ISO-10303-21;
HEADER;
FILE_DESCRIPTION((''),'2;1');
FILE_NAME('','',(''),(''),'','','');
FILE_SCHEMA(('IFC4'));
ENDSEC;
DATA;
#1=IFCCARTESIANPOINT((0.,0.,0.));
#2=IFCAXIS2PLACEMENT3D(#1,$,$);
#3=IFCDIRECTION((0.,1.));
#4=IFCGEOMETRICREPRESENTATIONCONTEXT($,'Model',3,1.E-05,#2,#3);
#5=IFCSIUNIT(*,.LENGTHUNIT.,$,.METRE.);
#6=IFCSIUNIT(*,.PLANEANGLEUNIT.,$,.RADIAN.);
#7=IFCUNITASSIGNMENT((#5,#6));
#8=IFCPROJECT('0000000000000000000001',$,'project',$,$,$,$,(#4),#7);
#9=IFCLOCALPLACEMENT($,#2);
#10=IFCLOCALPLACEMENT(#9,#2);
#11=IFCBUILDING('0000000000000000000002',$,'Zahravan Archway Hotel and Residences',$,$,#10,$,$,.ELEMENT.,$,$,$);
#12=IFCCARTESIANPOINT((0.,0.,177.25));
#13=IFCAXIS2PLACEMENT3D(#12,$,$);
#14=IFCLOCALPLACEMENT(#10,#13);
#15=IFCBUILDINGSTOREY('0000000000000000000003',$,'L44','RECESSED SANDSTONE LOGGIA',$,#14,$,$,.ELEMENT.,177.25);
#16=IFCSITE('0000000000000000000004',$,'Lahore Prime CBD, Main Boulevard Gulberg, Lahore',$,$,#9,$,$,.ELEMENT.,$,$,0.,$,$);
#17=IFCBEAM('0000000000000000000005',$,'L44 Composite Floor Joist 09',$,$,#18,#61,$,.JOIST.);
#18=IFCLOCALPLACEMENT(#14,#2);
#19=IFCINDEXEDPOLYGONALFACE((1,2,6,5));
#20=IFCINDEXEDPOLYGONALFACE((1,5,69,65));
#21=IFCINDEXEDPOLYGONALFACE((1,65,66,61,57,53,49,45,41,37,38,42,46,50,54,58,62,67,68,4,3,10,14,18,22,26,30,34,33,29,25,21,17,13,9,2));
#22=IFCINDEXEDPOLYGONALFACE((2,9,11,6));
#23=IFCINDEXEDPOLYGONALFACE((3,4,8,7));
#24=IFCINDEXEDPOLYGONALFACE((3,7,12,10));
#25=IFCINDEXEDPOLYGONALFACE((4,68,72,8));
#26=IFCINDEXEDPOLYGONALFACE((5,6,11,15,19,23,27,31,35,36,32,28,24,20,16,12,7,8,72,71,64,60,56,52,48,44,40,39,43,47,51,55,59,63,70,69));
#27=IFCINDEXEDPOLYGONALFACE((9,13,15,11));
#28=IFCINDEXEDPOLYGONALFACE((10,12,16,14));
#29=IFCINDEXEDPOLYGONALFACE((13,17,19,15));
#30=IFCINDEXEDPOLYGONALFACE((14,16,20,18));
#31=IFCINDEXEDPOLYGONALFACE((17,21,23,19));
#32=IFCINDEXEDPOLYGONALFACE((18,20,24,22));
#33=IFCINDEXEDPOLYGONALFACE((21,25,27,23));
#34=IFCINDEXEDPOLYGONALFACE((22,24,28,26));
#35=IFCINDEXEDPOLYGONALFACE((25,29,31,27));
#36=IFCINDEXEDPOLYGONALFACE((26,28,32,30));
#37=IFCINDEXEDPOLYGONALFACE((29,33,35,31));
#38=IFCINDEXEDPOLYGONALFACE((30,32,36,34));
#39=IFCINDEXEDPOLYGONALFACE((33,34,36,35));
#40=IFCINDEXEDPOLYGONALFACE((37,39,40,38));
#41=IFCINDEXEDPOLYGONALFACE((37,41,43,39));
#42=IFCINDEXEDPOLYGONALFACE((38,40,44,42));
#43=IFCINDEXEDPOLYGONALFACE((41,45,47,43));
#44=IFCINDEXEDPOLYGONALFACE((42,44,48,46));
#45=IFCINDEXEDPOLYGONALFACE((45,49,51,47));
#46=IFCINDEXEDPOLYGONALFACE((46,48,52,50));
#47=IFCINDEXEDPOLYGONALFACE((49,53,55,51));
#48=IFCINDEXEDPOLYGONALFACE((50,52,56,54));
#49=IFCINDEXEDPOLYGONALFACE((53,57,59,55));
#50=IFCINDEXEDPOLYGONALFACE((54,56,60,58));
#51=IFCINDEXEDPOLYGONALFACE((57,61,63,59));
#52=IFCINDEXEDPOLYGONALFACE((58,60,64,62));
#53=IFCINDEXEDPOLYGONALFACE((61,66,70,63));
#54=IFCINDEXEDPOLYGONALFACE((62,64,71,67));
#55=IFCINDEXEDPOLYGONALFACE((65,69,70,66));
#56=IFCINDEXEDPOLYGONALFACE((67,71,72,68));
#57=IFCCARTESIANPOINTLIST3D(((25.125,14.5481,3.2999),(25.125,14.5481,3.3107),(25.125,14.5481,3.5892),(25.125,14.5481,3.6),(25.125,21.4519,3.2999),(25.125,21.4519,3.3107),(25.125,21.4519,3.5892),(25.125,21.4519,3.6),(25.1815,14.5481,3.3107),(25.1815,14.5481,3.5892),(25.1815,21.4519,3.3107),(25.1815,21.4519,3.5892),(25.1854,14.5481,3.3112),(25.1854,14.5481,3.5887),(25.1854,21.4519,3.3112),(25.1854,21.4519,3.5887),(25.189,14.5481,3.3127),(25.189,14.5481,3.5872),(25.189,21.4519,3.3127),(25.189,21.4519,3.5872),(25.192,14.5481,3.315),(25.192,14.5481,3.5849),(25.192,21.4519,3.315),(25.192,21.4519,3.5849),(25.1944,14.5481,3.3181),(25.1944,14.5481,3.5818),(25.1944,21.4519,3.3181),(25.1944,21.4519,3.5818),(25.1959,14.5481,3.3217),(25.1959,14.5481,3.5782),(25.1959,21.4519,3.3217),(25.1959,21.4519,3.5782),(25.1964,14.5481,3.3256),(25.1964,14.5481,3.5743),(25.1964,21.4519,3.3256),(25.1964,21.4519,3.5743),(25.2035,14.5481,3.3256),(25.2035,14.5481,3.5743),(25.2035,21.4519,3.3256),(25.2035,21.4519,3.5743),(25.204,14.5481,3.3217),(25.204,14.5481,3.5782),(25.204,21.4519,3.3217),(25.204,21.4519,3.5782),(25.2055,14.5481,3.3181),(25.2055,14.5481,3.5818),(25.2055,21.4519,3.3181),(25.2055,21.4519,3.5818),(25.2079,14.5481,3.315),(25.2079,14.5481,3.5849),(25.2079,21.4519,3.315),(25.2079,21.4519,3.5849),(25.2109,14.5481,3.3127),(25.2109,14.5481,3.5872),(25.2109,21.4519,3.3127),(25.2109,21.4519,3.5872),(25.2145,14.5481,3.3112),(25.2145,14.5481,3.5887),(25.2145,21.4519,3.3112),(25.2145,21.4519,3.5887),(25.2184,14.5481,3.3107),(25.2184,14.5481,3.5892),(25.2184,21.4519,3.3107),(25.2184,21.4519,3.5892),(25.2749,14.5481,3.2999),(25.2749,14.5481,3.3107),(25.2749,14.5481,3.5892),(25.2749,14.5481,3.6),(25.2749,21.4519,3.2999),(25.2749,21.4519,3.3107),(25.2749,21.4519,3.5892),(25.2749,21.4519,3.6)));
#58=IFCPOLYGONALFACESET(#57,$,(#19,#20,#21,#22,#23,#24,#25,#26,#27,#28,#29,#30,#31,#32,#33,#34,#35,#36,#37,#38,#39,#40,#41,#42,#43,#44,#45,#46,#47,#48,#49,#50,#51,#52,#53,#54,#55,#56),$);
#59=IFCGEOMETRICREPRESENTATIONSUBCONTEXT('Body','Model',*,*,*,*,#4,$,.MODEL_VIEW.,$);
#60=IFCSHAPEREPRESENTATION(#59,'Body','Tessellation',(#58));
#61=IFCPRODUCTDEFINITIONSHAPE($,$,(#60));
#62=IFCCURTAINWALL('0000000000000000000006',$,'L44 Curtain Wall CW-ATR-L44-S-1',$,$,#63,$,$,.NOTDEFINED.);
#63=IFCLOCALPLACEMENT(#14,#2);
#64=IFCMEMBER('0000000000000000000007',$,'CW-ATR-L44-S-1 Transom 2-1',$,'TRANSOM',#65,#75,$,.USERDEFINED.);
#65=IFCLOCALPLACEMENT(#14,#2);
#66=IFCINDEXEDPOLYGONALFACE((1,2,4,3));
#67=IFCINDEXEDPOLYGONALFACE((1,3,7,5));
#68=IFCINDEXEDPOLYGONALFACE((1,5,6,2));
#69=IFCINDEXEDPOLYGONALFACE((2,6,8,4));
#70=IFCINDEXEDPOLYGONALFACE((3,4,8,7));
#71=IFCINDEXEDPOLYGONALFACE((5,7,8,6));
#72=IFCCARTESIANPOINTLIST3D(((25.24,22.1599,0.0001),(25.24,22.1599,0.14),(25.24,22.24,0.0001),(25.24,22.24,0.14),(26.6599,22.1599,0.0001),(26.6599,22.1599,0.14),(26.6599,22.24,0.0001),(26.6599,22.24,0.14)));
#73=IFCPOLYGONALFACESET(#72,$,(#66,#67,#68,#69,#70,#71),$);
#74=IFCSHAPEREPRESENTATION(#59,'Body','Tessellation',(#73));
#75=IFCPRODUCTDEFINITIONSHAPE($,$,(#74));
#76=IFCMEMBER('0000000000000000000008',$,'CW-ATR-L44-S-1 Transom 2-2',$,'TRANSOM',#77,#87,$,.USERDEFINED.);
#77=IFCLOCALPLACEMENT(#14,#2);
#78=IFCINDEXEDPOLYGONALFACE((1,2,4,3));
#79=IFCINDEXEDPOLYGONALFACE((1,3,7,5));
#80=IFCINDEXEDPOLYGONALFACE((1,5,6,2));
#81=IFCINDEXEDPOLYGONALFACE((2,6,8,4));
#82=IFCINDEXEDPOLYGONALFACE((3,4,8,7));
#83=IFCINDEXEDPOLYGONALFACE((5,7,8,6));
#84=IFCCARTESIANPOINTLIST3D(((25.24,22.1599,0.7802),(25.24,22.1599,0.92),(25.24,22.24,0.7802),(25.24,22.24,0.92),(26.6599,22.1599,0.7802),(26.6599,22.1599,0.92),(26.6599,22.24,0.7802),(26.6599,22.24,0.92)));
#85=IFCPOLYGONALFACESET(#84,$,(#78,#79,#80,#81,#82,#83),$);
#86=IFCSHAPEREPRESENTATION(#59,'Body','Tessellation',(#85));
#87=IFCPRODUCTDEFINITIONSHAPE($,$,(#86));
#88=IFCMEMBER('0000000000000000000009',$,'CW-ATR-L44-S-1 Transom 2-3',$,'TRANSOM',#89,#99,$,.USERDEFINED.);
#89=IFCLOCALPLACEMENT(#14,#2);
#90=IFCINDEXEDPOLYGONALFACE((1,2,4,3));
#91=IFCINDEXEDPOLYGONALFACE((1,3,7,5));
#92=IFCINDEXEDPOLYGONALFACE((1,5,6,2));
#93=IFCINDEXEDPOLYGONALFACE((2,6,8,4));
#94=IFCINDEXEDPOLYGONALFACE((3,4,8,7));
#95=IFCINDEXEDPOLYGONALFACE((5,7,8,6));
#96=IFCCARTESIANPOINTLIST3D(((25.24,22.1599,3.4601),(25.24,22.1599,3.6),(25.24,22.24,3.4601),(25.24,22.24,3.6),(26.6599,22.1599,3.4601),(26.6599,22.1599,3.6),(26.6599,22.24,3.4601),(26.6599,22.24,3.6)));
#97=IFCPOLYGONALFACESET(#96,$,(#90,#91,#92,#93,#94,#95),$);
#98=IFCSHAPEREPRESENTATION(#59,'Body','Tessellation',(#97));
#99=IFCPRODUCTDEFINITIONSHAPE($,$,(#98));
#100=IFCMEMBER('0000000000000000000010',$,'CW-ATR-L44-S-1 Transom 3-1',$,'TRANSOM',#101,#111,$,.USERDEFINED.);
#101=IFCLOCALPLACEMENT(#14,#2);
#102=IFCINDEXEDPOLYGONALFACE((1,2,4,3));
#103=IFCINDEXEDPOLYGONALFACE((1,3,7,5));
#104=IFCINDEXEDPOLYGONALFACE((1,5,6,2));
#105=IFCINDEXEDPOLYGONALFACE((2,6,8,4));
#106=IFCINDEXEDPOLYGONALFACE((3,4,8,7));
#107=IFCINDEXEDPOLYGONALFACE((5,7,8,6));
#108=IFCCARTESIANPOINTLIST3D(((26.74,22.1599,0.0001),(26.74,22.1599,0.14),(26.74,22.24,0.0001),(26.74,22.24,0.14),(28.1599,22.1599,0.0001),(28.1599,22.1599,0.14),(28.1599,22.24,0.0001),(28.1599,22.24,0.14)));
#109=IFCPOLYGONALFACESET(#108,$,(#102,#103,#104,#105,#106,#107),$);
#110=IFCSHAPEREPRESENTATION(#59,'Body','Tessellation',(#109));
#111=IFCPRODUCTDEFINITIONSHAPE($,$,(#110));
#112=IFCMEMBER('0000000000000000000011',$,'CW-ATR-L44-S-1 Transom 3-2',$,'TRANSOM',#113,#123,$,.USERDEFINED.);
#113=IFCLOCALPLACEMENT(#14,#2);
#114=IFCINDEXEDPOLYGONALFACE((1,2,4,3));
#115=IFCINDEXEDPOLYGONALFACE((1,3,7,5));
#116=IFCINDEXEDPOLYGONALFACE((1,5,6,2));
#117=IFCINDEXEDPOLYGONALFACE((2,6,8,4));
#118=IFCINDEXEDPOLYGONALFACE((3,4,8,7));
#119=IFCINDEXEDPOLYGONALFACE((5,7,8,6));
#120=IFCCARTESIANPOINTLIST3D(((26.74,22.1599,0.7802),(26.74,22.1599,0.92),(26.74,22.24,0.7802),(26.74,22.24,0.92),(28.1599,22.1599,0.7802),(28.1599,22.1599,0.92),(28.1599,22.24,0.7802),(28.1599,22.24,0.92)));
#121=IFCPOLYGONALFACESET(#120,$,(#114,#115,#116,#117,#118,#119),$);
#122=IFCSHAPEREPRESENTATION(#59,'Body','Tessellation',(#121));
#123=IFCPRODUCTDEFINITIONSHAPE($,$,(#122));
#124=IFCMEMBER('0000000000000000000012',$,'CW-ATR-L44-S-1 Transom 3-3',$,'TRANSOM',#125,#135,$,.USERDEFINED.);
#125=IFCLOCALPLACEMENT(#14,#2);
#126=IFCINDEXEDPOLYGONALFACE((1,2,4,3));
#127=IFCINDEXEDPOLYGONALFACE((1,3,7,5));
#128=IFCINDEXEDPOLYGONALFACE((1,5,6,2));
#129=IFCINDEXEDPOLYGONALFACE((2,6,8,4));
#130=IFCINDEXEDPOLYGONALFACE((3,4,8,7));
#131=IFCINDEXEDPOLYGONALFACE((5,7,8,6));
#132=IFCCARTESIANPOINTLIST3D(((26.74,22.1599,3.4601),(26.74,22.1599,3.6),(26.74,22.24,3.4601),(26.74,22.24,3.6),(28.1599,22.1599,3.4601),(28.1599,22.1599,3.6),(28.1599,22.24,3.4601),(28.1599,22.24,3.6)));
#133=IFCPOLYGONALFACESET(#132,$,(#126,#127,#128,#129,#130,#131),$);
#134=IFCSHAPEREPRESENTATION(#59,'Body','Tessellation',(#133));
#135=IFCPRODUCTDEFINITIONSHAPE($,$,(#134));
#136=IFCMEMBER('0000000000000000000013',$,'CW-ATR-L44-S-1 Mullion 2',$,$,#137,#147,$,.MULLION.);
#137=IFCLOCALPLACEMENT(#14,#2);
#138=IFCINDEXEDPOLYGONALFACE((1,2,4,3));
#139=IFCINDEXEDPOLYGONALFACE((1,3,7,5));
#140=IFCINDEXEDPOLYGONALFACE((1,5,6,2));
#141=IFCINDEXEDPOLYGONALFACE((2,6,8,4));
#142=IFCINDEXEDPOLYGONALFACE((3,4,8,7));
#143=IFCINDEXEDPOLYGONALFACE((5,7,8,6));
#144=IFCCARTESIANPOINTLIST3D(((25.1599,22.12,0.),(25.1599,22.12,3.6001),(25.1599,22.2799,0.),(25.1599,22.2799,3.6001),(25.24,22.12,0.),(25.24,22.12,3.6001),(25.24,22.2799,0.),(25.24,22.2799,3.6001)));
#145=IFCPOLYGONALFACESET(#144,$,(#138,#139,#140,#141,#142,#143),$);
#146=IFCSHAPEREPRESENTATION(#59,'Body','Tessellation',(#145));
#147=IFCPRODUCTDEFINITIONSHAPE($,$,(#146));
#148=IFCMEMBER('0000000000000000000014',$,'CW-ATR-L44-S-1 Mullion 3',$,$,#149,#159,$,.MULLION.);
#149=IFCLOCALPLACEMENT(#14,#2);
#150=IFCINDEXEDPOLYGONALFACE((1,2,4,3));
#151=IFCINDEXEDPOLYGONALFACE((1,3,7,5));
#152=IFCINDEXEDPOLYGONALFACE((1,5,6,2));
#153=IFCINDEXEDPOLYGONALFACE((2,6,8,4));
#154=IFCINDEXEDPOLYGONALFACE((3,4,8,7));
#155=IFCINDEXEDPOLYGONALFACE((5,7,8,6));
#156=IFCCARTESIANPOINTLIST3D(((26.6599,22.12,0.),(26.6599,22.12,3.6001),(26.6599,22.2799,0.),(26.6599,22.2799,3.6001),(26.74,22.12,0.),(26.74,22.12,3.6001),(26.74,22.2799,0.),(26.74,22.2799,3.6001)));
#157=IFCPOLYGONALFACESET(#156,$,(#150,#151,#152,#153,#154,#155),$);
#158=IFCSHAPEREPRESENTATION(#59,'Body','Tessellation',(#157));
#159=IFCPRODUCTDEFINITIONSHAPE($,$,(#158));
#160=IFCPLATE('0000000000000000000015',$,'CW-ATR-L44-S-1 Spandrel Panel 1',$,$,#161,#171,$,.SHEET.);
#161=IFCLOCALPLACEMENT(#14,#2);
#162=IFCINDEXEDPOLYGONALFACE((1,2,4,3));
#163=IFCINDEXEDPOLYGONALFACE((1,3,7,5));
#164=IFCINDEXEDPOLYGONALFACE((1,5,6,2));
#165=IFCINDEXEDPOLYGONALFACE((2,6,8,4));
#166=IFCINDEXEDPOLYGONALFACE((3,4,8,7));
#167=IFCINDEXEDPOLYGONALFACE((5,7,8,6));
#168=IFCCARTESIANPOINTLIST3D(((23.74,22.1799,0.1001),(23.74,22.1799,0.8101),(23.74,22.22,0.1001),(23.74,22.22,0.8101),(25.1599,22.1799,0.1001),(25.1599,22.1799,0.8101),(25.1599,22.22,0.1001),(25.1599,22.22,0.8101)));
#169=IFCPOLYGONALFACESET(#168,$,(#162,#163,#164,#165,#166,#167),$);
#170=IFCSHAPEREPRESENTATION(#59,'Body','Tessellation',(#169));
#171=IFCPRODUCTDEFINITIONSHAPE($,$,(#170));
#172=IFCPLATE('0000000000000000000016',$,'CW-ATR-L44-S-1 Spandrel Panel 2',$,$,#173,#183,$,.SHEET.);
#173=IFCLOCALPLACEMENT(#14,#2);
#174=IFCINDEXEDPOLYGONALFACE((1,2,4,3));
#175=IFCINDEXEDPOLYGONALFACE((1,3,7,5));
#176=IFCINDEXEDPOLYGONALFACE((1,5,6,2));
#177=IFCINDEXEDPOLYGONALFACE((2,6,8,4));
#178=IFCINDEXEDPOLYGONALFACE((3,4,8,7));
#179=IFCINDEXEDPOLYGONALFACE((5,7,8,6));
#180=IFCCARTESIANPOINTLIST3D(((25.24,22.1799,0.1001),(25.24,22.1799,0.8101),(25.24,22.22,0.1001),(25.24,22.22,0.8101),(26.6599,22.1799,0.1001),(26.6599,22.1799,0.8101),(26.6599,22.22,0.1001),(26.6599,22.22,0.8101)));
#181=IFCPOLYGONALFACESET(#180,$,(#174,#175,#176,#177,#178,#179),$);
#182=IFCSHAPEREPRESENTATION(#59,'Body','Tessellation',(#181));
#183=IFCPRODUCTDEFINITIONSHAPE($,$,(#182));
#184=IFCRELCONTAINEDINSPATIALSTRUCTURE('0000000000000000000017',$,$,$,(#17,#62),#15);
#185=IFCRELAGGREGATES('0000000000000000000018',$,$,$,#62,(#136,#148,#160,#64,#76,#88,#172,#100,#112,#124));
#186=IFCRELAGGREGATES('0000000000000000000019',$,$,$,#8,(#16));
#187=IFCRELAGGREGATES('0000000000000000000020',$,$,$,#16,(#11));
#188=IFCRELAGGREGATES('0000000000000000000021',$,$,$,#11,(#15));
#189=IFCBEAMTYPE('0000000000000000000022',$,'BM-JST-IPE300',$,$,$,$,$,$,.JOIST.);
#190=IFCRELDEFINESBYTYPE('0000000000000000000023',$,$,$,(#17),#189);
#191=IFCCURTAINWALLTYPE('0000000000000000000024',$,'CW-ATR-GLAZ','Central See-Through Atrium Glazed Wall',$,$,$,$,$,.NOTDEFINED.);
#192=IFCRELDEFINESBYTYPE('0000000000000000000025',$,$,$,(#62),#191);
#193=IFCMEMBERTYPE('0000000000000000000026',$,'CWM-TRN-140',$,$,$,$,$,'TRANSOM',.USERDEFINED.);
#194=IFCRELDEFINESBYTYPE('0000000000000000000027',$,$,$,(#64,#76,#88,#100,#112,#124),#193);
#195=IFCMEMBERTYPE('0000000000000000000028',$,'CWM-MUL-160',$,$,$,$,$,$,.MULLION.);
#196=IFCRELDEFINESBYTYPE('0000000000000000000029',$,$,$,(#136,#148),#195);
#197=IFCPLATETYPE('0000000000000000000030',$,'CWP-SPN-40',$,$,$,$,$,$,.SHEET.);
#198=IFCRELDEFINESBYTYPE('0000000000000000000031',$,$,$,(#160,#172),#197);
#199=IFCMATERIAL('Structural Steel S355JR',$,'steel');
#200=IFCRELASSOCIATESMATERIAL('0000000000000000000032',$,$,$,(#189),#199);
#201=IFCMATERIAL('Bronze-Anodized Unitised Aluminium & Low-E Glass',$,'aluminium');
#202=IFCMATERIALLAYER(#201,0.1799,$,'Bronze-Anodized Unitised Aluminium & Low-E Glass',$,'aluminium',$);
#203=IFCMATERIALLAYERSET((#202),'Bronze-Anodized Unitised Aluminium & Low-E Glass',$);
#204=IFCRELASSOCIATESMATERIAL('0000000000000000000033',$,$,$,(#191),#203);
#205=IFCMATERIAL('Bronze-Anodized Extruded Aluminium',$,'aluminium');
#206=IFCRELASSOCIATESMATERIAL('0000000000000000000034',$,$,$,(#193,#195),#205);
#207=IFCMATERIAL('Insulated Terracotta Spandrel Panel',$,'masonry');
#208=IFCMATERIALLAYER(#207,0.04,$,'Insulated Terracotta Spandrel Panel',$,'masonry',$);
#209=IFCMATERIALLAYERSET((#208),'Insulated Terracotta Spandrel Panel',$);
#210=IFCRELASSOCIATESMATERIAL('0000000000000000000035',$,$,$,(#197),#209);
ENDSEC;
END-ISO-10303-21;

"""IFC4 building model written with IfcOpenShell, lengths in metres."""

from ifc_helpers import new_model, si_unit, direction, frame, origin, origin_2d, place, context, subcontext, project, spatial, rectangle, i_section, extrude, source, transform, mapped, material, layer, layer_set, material_profile, profile_set, type_object, element, aggregate, save


model = new_model("IFC4")

# Units and contexts
model_context = context("Model", 3, precision=1e-05, world=origin(), true_north=direction((0.0, 1.0)))
body_context = subcontext(model_context, "Body", "Model", "MODEL_VIEW")
ifc_project = project(units=[si_unit("LENGTHUNIT", "METRE"), si_unit("PLANEANGLEUNIT", "RADIAN")], contexts=[model_context])

# Site, building, storey
site_placement = place(None, origin())
site = spatial("IfcSite", under=ifc_project, at=site_placement, Name="Lahore Prime CBD, Main Boulevard Gulberg, Lahore", CompositionType="ELEMENT", RefElevation=0.0)
building_placement = place(site_placement, origin())
building = spatial("IfcBuilding", under=site, at=building_placement, Name="Zahravan Archway Hotel and Residences", CompositionType="ELEMENT")
storey_placement = place(building_placement, frame((0.0, 0.0, 177.25)))
storey = spatial("IfcBuildingStorey", under=building, at=storey_placement, Name="L44", Description="RECESSED SANDSTONE LOGGIA", CompositionType="ELEMENT", Elevation=177.25)

# Beam
ifc_material_1 = material(Name="Structural Steel S355JR", Category="steel")
ifc_material_profile_1 = material_profile(ifc_material_1, i_section(OverallWidth=0.1499, OverallDepth=0.3, WebThickness=0.0071, FlangeThickness=0.0107, FilletRadius=0.0149, at=origin_2d()), Name="IPE 300", Category="steel")
ifc_profile_set_1 = profile_set([ifc_material_profile_1], Name="Structural Steel S355JR")
beam_type = type_object("IfcBeamType", Name="BM-JST-IPE300", PredefinedType="JOIST", material=ifc_profile_set_1)
shared_shape_1 = source(origin(), body_context, "Body", "SweptSolid", [
    extrude(i_section(OverallWidth=0.1499, OverallDepth=0.3, WebThickness=0.0071, FlangeThickness=0.0107, FilletRadius=0.0149, at=origin_2d()), origin(), (0.0, 0.0, 1.0), 6.9038),
])
beam_placement = place(storey_placement, frame((25.2, 14.5481, 3.45), z_axis=(0.0, 1.0, 0.0), x_axis=(-1.0, 0.0, 0.0)))
element("IfcBeam", 1, at=beam_placement, inside=storey, type_object=beam_type, Name="L44 Composite Floor Joist 09", PredefinedType="JOIST", context=body_context, shape_type="MappedRepresentation", body=[
    mapped(shared_shape_1, transform((0.0, 0.0, 0.0), scale=1.0)),
])

# Curtain wall, members, plates
ifc_material_2 = material(Name="Bronze-Anodized Unitised Aluminium & Low-E Glass", Category="aluminium")
ifc_layer_1 = layer(ifc_material_2, 0.1799, Name="Bronze-Anodized Unitised Aluminium & Low-E Glass", Category="aluminium")
ifc_layer_set_1 = layer_set([ifc_layer_1], Name="Bronze-Anodized Unitised Aluminium & Low-E Glass")
curtain_wall_type = type_object("IfcCurtainWallType", Name="CW-ATR-GLAZ", Description="Central See-Through Atrium Glazed Wall", PredefinedType="NOTDEFINED", material=ifc_layer_set_1)
curtain_wall_placement = place(storey_placement, origin())
curtain_wall = element("IfcCurtainWall", 2, at=curtain_wall_placement, inside=storey, type_object=curtain_wall_type, Name="L44 Curtain Wall CW-ATR-L44-S-1", PredefinedType="NOTDEFINED")
ifc_material_3 = material(Name="Bronze-Anodized Extruded Aluminium", Category="aluminium")
ifc_material_profile_2 = material_profile(ifc_material_3, rectangle(XDim=0.0801, YDim=0.1399, at=origin_2d()), Name="TRN 80x140", Category="aluminium")
ifc_profile_set_2 = profile_set([ifc_material_profile_2], Name="Bronze-Anodized Extruded Aluminium")
member_type_1 = type_object("IfcMemberType", Name="CWM-TRN-140", ElementType="TRANSOM", PredefinedType="USERDEFINED", material=ifc_profile_set_2)
shared_shape_2 = source(origin(), body_context, "Body", "SweptSolid", [
    extrude(rectangle(XDim=0.0801, YDim=0.1399, at=origin_2d()), origin(), (0.0, 0.0, 1.0), 1.4199),
])
member_1_placement = place(storey_placement, frame((25.24, 22.2, 0.0701), z_axis=(1.0, 0.0, 0.0), x_axis=(0.0, 1.0, 0.0)))
member_1 = element("IfcMember", 3, at=member_1_placement, type_object=member_type_1, Name="CW-ATR-L44-S-1 Transom 2-1", ObjectType="TRANSOM", PredefinedType="USERDEFINED", context=body_context, shape_type="MappedRepresentation", body=[
    mapped(shared_shape_2, transform((0.0, 0.0, 0.0), scale=1.0)),
])
member_2_placement = place(storey_placement, frame((25.24, 22.2, 0.8501), z_axis=(1.0, 0.0, 0.0), x_axis=(0.0, 1.0, 0.0)))
member_2 = element("IfcMember", 4, at=member_2_placement, type_object=member_type_1, Name="CW-ATR-L44-S-1 Transom 2-2", ObjectType="TRANSOM", PredefinedType="USERDEFINED", context=body_context, shape_type="MappedRepresentation", body=[
    mapped(shared_shape_2, transform((0.0, 0.0, 0.0), scale=1.0)),
])
member_3_placement = place(storey_placement, frame((25.24, 22.2, 3.53), z_axis=(1.0, 0.0, 0.0), x_axis=(0.0, 1.0, 0.0)))
member_3 = element("IfcMember", 5, at=member_3_placement, type_object=member_type_1, Name="CW-ATR-L44-S-1 Transom 2-3", ObjectType="TRANSOM", PredefinedType="USERDEFINED", context=body_context, shape_type="MappedRepresentation", body=[
    mapped(shared_shape_2, transform((0.0, 0.0, 0.0), scale=1.0)),
])
member_4_placement = place(storey_placement, frame((26.74, 22.2, 0.0701), z_axis=(1.0, 0.0, 0.0), x_axis=(0.0, 1.0, 0.0)))
member_4 = element("IfcMember", 6, at=member_4_placement, type_object=member_type_1, Name="CW-ATR-L44-S-1 Transom 3-1", ObjectType="TRANSOM", PredefinedType="USERDEFINED", context=body_context, shape_type="MappedRepresentation", body=[
    mapped(shared_shape_2, transform((0.0, 0.0, 0.0), scale=1.0)),
])
member_5_placement = place(storey_placement, frame((26.74, 22.2, 0.8501), z_axis=(1.0, 0.0, 0.0), x_axis=(0.0, 1.0, 0.0)))
member_5 = element("IfcMember", 7, at=member_5_placement, type_object=member_type_1, Name="CW-ATR-L44-S-1 Transom 3-2", ObjectType="TRANSOM", PredefinedType="USERDEFINED", context=body_context, shape_type="MappedRepresentation", body=[
    mapped(shared_shape_2, transform((0.0, 0.0, 0.0), scale=1.0)),
])
member_6_placement = place(storey_placement, frame((26.74, 22.2, 3.53), z_axis=(1.0, 0.0, 0.0), x_axis=(0.0, 1.0, 0.0)))
member_6 = element("IfcMember", 8, at=member_6_placement, type_object=member_type_1, Name="CW-ATR-L44-S-1 Transom 3-3", ObjectType="TRANSOM", PredefinedType="USERDEFINED", context=body_context, shape_type="MappedRepresentation", body=[
    mapped(shared_shape_2, transform((0.0, 0.0, 0.0), scale=1.0)),
])
ifc_material_profile_3 = material_profile(ifc_material_3, rectangle(XDim=0.0801, YDim=0.1599, at=origin_2d()), Name="MUL 80x160", Category="aluminium")
ifc_profile_set_3 = profile_set([ifc_material_profile_3], Name="Bronze-Anodized Extruded Aluminium")
member_type_2 = type_object("IfcMemberType", Name="CWM-MUL-160", PredefinedType="MULLION", material=ifc_profile_set_3)
shared_shape_3 = source(origin(), body_context, "Body", "SweptSolid", [
    extrude(rectangle(XDim=0.0801, YDim=0.1599, at=origin_2d()), origin(), (0.0, 0.0, 1.0), 3.6001),
])
member_7_placement = place(storey_placement, frame((25.2, 22.2, 0.0), z_axis=(0.0, 0.0, 1.0), x_axis=(1.0, 0.0, 0.0)))
member_7 = element("IfcMember", 9, at=member_7_placement, type_object=member_type_2, Name="CW-ATR-L44-S-1 Mullion 2", PredefinedType="MULLION", context=body_context, shape_type="MappedRepresentation", body=[
    mapped(shared_shape_3, transform((0.0, 0.0, 0.0), scale=1.0)),
])
member_8_placement = place(storey_placement, frame((26.7, 22.2, 0.0), z_axis=(0.0, 0.0, 1.0), x_axis=(1.0, 0.0, 0.0)))
member_8 = element("IfcMember", 10, at=member_8_placement, type_object=member_type_2, Name="CW-ATR-L44-S-1 Mullion 3", PredefinedType="MULLION", context=body_context, shape_type="MappedRepresentation", body=[
    mapped(shared_shape_3, transform((0.0, 0.0, 0.0), scale=1.0)),
])
ifc_material_4 = material(Name="Insulated Terracotta Spandrel Panel", Category="masonry")
ifc_layer_2 = layer(ifc_material_4, 0.04, Name="Insulated Terracotta Spandrel Panel", Category="masonry")
ifc_layer_set_2 = layer_set([ifc_layer_2], Name="Insulated Terracotta Spandrel Panel")
plate_type_1 = type_object("IfcPlateType", Name="CWP-SPN-40", PredefinedType="SHEET", material=ifc_layer_set_2)
shared_shape_4 = source(origin(), body_context, "Body", "SweptSolid", [
    extrude(rectangle(XDim=1.4199, YDim=0.04, at=origin_2d()), origin(), (0.0, 0.0, 1.0), 0.71),
])
plate_1_placement = place(storey_placement, frame((24.45, 22.2, 0.1001), z_axis=(0.0, 0.0, 1.0), x_axis=(1.0, 0.0, 0.0)))
plate_1 = element("IfcPlate", 11, at=plate_1_placement, type_object=plate_type_1, Name="CW-ATR-L44-S-1 Spandrel Panel 1", PredefinedType="SHEET", context=body_context, shape_type="MappedRepresentation", body=[
    mapped(shared_shape_4, transform((0.0, 0.0, 0.0), scale=1.0)),
])
plate_2_placement = place(storey_placement, frame((25.95, 22.2, 0.1001), z_axis=(0.0, 0.0, 1.0), x_axis=(1.0, 0.0, 0.0)))
plate_2 = element("IfcPlate", 12, at=plate_2_placement, type_object=plate_type_1, Name="CW-ATR-L44-S-1 Spandrel Panel 2", PredefinedType="SHEET", context=body_context, shape_type="MappedRepresentation", body=[
    mapped(shared_shape_4, transform((0.0, 0.0, 0.0), scale=1.0)),
])
aggregate(curtain_wall, [member_7, member_8, plate_1, member_1, member_2, member_3, plate_2, member_4, member_5, member_6])

save(model, "model.ifc")
